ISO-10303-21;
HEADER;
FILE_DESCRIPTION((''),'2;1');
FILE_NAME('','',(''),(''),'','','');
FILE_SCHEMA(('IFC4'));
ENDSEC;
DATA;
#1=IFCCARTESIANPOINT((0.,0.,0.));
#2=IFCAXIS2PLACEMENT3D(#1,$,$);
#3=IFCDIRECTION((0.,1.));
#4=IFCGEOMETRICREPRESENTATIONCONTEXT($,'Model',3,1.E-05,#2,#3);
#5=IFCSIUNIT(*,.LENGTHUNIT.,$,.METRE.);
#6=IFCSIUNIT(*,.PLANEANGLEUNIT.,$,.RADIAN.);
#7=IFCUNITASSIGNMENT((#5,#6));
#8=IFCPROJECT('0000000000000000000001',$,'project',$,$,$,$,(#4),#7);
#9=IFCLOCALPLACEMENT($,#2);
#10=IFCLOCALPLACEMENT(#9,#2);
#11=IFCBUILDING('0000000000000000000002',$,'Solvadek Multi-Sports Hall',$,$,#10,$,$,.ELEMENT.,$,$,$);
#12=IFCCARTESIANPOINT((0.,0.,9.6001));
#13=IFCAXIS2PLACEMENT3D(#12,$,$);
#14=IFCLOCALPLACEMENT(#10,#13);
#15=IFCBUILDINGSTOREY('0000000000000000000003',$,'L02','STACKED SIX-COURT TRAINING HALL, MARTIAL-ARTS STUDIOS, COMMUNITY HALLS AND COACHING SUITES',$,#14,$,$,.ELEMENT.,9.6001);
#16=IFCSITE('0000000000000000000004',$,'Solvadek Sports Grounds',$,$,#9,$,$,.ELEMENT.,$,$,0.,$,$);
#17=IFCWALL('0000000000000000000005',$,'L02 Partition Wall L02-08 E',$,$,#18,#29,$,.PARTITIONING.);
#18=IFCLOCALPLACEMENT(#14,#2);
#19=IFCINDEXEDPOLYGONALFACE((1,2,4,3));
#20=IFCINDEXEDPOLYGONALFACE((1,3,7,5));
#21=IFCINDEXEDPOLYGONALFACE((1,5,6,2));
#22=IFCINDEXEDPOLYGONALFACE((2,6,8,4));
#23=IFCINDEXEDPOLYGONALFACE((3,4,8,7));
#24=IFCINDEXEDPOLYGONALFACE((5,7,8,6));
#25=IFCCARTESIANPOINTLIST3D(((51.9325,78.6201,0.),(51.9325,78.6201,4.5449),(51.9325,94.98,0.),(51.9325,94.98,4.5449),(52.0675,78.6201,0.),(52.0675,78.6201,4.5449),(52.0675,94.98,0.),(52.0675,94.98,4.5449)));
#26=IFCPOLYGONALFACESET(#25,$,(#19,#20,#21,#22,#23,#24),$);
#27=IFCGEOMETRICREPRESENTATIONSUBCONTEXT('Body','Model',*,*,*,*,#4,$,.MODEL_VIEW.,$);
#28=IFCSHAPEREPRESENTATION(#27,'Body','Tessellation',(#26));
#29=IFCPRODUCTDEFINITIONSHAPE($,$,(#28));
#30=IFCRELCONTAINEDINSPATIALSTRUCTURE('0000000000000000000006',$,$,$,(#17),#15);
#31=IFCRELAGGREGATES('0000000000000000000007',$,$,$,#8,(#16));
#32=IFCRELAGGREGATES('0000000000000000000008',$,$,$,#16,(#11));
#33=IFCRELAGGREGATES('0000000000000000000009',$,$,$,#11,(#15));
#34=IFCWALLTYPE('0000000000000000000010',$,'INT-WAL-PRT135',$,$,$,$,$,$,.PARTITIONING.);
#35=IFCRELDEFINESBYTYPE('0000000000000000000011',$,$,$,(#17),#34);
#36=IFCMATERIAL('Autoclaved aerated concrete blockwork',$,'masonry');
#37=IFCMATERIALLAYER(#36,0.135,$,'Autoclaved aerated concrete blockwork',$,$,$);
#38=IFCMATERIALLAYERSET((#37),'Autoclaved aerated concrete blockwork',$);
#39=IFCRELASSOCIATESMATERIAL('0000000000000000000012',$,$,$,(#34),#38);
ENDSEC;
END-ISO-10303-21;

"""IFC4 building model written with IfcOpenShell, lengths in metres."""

from ifc_helpers import new_model, si_unit, direction, frame, frame_2d, origin, place, context, subcontext, project, spatial, rectangle, extrude, material, layer, layer_set, type_object, element, save


model = new_model("IFC4")

# Units and contexts
model_context = context("Model", 3, precision=1e-05, world=origin(), true_north=direction((0.0, 1.0)))
body_context = subcontext(model_context, "Body", "Model", "MODEL_VIEW")
ifc_project = project(units=[si_unit("LENGTHUNIT", "METRE"), si_unit("PLANEANGLEUNIT", "RADIAN")], contexts=[model_context])

# Site, building, storey
site_placement = place(None, origin())
site = spatial("IfcSite", under=ifc_project, at=site_placement, Name="Solvadek Sports Grounds", CompositionType="ELEMENT", RefElevation=0.0)
building_placement = place(site_placement, origin())
building = spatial("IfcBuilding", under=site, at=building_placement, Name="Solvadek Multi-Sports Hall", CompositionType="ELEMENT")
storey_placement = place(building_placement, frame((0.0, 0.0, 9.6001)))
storey = spatial("IfcBuildingStorey", under=building, at=storey_placement, Name="L02", Description="STACKED SIX-COURT TRAINING HALL, MARTIAL-ARTS STUDIOS, COMMUNITY HALLS AND COACHING SUITES", CompositionType="ELEMENT", Elevation=9.6001)

# Wall
ifc_material_1 = material(Name="Autoclaved aerated concrete blockwork", Category="masonry")
ifc_layer_1 = layer(ifc_material_1, 0.135, Name="Autoclaved aerated concrete blockwork")
ifc_layer_set_1 = layer_set([ifc_layer_1], Name="Autoclaved aerated concrete blockwork")
wall_type_1 = type_object("IfcWallType", Name="INT-WAL-PRT135", PredefinedType="PARTITIONING", material=ifc_layer_set_1)
wall_1_placement = place(storey_placement, frame((52.0, 78.6201, 0.0), z_axis=(0.0, 0.0, 1.0), x_axis=(0.0, 1.0, 0.0)))
element("IfcWall", 1, at=wall_1_placement, inside=storey, type_object=wall_type_1, Name="L02 Partition Wall L02-08 E", PredefinedType="PARTITIONING", context=body_context, shape_type="SweptSolid", body=[
    extrude(rectangle(XDim=16.3599, YDim=0.135, at=frame_2d((8.1799, 0.0))), origin(), (0.0, 0.0, 1.0), 4.5449),
])

save(model, "model.ifc")
